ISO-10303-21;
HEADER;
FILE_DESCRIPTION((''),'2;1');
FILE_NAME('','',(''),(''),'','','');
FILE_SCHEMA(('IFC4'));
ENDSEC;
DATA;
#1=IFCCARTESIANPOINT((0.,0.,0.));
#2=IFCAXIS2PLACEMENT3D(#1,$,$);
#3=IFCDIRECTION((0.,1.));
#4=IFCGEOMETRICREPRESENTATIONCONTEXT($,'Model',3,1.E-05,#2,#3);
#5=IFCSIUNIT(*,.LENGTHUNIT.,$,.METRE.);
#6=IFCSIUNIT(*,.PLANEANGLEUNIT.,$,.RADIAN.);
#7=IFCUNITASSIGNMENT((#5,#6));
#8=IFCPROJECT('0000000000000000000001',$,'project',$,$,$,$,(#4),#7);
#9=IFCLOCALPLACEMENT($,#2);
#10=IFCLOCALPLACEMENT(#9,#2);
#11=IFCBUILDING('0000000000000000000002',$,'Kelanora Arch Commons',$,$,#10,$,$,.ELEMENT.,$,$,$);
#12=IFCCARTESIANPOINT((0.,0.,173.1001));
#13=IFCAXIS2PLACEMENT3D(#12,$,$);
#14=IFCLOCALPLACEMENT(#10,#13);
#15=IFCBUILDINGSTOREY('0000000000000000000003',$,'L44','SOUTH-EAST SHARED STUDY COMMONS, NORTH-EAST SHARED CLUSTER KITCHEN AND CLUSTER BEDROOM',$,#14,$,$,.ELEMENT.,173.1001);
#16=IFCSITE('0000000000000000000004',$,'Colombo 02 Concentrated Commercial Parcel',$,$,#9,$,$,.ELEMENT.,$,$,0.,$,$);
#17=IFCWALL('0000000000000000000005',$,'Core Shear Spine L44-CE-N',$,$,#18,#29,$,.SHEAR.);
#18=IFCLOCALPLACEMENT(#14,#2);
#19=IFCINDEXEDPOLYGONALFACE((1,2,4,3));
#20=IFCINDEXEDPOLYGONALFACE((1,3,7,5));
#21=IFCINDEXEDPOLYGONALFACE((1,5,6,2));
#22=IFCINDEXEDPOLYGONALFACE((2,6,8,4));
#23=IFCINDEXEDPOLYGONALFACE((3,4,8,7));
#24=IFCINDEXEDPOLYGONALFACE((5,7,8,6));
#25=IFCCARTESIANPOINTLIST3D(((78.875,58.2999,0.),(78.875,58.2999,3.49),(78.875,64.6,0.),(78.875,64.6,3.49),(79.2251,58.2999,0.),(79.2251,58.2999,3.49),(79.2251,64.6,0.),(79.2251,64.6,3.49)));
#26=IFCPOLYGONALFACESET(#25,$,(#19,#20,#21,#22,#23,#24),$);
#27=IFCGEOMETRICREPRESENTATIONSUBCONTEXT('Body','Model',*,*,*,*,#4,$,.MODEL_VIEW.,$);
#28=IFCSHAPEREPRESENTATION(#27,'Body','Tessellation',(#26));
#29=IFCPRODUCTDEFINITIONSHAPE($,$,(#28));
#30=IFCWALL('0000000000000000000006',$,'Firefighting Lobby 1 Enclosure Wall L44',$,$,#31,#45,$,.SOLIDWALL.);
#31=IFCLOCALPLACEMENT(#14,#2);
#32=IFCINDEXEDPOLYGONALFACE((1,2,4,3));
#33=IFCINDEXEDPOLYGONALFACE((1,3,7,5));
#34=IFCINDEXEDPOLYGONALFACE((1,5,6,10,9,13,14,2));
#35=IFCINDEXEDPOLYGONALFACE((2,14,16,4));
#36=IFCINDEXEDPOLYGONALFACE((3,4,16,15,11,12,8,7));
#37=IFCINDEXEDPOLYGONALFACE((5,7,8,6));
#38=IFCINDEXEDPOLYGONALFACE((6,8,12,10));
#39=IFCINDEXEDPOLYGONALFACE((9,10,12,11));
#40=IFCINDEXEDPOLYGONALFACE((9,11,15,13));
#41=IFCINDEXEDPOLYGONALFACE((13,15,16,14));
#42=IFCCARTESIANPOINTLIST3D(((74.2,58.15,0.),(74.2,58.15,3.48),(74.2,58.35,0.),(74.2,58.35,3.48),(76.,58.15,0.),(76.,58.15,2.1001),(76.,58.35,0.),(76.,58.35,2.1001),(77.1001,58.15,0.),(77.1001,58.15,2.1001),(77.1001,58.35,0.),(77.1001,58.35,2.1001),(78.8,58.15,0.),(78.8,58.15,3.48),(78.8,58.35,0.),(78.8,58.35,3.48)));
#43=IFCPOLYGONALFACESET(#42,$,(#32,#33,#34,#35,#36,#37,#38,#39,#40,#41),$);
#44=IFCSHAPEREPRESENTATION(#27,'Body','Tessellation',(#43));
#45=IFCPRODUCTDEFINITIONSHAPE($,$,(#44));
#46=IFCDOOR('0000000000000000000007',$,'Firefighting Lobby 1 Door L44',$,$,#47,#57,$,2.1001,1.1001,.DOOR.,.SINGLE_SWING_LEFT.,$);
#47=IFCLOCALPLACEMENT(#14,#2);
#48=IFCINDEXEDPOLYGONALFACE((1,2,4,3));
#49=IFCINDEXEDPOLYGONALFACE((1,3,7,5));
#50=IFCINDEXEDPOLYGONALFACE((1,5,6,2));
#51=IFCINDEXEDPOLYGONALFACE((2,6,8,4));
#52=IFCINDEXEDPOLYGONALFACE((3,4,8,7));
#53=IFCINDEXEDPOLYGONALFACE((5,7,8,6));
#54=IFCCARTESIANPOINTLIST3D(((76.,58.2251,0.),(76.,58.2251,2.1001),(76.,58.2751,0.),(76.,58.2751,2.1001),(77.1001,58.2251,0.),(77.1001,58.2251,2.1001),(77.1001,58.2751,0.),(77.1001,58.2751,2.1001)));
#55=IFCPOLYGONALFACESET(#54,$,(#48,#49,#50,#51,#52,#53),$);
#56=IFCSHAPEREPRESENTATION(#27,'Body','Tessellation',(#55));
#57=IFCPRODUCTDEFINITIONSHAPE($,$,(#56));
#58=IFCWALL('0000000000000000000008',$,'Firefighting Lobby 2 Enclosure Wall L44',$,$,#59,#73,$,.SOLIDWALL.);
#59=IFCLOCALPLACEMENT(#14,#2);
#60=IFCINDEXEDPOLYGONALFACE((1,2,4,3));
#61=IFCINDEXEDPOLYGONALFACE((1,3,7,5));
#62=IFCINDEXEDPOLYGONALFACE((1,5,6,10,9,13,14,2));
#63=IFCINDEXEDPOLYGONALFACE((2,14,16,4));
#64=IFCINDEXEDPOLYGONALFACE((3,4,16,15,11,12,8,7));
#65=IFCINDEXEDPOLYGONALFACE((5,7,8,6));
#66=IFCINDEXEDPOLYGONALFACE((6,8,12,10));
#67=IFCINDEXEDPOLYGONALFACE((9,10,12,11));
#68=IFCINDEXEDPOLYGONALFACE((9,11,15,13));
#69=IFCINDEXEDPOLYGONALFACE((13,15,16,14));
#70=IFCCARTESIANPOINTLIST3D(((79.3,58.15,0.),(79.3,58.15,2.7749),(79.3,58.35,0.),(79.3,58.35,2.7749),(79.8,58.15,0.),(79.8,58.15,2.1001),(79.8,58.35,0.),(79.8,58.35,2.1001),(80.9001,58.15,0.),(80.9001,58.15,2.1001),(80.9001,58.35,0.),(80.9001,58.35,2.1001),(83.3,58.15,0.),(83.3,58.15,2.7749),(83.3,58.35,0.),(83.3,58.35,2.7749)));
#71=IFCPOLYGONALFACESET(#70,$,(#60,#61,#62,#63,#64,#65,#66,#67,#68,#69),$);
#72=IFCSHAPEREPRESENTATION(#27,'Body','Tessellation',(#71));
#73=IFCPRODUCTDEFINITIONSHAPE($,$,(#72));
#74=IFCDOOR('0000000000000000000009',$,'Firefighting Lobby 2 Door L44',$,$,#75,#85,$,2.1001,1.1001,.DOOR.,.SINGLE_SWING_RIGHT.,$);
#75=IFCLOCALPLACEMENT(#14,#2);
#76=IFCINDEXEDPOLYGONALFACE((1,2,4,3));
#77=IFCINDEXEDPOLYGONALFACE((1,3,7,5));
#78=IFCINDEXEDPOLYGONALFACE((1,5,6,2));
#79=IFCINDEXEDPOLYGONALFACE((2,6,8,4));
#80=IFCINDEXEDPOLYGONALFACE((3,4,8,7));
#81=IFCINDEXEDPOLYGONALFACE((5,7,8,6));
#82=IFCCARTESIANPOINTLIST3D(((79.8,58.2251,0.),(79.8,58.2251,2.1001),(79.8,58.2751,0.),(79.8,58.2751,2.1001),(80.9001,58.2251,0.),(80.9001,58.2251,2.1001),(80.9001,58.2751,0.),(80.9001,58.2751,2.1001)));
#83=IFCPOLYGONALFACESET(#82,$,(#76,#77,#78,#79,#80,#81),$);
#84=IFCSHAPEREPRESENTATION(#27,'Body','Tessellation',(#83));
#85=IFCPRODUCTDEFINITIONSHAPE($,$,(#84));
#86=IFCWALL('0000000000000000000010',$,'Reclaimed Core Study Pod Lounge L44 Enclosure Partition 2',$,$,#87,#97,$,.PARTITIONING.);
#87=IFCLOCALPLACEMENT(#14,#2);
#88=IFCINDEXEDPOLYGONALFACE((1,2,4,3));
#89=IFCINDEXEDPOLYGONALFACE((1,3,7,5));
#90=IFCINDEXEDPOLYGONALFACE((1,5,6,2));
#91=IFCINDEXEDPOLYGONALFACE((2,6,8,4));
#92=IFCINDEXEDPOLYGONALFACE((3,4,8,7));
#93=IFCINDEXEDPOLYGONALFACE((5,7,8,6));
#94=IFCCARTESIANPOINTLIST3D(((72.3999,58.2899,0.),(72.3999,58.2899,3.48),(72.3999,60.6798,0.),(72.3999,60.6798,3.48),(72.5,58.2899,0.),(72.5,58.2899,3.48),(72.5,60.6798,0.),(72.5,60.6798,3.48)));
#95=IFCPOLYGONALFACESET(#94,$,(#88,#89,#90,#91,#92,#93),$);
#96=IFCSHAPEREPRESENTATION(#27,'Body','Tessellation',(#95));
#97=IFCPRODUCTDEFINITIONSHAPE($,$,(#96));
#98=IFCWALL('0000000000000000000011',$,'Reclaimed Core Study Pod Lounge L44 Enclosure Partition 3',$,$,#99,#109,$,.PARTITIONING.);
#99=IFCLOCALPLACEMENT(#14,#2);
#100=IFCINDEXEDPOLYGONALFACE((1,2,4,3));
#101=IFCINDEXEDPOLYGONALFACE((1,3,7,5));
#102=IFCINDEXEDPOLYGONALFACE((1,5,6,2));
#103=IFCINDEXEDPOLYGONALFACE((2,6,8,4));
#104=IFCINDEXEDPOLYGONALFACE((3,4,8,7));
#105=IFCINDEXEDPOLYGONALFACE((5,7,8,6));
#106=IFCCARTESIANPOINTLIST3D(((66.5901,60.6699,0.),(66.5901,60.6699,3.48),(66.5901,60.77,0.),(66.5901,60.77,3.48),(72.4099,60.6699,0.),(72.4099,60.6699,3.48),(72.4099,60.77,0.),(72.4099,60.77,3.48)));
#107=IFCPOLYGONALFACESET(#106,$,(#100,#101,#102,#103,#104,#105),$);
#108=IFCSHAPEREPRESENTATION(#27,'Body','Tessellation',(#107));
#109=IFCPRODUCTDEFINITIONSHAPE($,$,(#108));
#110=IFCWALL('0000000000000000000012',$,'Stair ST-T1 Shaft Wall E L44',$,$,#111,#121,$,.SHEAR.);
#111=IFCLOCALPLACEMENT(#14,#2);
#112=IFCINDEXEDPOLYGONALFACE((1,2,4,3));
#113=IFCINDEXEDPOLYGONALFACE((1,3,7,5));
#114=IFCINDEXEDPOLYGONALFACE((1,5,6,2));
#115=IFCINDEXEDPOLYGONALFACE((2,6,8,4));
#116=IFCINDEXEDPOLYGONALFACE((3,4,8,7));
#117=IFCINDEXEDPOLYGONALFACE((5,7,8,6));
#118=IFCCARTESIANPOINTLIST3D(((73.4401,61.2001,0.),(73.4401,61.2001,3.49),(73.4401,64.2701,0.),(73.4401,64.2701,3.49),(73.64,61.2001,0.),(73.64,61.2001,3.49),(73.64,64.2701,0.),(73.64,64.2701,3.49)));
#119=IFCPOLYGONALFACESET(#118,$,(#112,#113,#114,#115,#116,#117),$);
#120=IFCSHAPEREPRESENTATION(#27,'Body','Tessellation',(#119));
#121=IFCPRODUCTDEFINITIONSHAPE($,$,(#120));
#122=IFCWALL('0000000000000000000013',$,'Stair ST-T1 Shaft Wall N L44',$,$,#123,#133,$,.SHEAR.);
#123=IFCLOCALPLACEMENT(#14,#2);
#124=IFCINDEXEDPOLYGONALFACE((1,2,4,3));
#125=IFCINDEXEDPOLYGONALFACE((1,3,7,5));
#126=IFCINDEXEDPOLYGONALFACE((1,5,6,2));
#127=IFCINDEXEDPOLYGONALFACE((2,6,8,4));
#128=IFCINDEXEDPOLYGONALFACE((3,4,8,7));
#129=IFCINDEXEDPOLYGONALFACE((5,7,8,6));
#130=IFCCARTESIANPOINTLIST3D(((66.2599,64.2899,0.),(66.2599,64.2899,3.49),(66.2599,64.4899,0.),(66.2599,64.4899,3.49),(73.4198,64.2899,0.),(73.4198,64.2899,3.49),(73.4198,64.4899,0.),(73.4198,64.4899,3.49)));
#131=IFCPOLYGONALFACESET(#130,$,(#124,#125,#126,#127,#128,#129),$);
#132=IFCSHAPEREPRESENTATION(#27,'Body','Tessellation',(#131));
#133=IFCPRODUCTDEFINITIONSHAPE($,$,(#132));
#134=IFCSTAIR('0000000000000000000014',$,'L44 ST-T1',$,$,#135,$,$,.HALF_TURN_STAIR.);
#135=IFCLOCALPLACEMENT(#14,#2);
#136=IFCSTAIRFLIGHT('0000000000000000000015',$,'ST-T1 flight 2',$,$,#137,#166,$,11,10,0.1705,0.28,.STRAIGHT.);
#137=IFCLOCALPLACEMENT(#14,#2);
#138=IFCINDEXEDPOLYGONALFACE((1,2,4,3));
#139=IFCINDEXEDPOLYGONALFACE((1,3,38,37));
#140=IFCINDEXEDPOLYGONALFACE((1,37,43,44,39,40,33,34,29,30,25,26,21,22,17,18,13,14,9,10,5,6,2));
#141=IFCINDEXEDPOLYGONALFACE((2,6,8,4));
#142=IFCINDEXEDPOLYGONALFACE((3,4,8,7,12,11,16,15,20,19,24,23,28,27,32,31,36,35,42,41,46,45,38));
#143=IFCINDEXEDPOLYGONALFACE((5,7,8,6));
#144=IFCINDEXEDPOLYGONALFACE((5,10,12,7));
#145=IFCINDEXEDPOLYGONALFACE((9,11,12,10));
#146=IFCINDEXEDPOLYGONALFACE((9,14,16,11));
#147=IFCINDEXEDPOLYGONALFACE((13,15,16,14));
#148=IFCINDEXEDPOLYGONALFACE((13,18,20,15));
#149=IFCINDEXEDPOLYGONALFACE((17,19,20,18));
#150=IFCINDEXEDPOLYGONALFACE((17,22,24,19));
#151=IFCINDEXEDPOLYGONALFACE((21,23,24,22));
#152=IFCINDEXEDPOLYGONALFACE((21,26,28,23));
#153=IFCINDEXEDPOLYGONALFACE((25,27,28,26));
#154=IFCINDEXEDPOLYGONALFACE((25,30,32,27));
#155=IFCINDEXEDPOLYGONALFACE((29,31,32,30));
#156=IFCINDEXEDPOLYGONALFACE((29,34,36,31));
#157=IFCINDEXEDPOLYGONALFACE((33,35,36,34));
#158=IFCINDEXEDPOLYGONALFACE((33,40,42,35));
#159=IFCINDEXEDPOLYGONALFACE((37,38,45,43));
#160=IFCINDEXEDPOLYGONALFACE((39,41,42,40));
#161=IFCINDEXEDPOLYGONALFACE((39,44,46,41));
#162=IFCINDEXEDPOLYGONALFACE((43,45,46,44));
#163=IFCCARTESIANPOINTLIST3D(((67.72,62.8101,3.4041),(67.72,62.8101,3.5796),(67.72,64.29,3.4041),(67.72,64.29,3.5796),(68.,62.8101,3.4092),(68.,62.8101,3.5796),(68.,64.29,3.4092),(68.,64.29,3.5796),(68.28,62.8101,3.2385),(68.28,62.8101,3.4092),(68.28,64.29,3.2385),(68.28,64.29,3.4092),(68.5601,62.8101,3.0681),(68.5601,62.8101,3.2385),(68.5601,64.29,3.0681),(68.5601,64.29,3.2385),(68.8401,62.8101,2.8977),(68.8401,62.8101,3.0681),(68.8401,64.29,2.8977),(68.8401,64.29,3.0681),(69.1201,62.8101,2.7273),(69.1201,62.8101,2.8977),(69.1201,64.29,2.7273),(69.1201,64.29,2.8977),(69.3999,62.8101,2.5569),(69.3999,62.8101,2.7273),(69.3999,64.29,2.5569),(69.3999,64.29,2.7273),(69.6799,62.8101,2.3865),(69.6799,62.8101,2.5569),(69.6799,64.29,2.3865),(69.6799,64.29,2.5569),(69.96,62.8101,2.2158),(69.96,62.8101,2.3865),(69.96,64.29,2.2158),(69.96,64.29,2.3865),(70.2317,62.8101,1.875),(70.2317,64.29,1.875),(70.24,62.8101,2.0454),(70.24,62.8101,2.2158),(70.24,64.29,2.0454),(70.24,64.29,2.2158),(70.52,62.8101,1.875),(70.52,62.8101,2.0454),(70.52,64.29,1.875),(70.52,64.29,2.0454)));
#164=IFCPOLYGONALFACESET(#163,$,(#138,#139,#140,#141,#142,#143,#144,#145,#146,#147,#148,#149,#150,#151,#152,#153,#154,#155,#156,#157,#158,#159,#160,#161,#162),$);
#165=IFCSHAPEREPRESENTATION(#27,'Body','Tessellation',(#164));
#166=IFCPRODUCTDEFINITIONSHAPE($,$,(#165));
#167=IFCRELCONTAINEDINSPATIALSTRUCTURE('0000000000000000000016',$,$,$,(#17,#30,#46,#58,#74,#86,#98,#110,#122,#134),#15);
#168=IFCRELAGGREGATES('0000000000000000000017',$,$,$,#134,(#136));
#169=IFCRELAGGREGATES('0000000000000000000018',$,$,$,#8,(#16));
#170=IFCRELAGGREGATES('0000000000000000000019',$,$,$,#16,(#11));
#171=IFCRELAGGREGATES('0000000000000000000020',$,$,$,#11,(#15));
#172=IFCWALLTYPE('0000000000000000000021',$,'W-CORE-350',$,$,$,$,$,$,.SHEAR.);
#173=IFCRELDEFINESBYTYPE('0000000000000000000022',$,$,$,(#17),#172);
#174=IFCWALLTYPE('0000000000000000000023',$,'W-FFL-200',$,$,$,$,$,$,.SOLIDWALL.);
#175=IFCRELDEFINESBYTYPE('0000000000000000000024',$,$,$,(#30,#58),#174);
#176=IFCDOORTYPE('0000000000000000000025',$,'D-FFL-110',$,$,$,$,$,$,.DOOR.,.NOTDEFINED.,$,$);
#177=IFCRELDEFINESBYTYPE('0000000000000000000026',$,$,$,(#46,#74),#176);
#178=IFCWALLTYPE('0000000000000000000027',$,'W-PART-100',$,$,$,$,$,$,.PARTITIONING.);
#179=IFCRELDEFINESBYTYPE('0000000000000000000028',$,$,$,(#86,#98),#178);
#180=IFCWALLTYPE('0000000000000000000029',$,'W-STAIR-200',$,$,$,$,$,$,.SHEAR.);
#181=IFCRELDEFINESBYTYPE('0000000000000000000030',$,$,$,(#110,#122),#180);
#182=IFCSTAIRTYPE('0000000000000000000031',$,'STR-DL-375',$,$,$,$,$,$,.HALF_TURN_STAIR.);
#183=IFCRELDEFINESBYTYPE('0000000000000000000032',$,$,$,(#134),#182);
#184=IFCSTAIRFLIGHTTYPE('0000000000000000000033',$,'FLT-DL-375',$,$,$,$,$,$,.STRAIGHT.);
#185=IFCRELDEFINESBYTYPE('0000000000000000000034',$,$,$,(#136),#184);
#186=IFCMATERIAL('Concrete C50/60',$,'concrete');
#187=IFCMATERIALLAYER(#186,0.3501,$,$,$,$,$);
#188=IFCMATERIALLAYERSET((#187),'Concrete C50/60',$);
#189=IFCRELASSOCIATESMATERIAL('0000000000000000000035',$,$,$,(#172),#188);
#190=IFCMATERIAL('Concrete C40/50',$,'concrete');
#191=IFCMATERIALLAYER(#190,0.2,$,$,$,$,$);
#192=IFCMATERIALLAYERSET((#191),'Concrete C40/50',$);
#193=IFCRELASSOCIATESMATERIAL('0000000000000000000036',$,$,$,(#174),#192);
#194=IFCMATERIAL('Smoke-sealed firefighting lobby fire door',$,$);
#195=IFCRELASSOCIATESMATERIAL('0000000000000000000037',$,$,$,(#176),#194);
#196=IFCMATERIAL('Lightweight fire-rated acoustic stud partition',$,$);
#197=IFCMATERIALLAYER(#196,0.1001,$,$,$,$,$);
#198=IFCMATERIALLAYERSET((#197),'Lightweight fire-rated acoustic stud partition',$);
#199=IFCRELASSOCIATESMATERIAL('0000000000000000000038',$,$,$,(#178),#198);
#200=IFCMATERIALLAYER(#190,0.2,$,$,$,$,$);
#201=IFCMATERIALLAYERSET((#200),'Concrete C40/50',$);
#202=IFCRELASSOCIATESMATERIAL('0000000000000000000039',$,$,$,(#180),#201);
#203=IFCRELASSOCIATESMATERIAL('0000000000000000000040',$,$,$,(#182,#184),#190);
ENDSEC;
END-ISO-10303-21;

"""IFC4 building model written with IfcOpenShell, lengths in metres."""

from ifc_helpers import new_model, si_unit, direction, frame, frame_2d, origin, place, context, subcontext, project, spatial, polyline, rectangle, outline, extrude, material, layer, layer_set, type_object, element, fill, aggregate, save


model = new_model("IFC4")

# Units and contexts
model_context = context("Model", 3, precision=1e-05, world=origin(), true_north=direction((0.0, 1.0)))
body_context = subcontext(model_context, "Body", "Model", "MODEL_VIEW")
ifc_project = project(units=[si_unit("LENGTHUNIT", "METRE"), si_unit("PLANEANGLEUNIT", "RADIAN")], contexts=[model_context])

# Site, building, storey
site_placement = place(None, origin())
site = spatial("IfcSite", under=ifc_project, at=site_placement, Name="Colombo 02 Concentrated Commercial Parcel", CompositionType="ELEMENT", RefElevation=0.0)
building_placement = place(site_placement, origin())
building = spatial("IfcBuilding", under=site, at=building_placement, Name="Kelanora Arch Commons", CompositionType="ELEMENT")
storey_placement = place(building_placement, frame((0.0, 0.0, 173.1001)))
storey = spatial("IfcBuildingStorey", under=building, at=storey_placement, Name="L44", Description="SOUTH-EAST SHARED STUDY COMMONS, NORTH-EAST SHARED CLUSTER KITCHEN AND CLUSTER BEDROOM", CompositionType="ELEMENT", Elevation=173.1001)

# Wall
ifc_material_1 = material(Name="Concrete C50/60", Category="concrete")
ifc_layer_1 = layer(ifc_material_1, 0.3501)
ifc_layer_set_1 = layer_set([ifc_layer_1], Name="Concrete C50/60")
wall_type_1 = type_object("IfcWallType", Name="W-CORE-350", PredefinedType="SHEAR", material=ifc_layer_set_1)
wall_1_placement = place(storey_placement, frame((79.05, 58.3, 0.0), z_axis=(0.0, 0.0, 1.0), x_axis=(0.0, 1.0, 0.0)))
element("IfcWall", 1, at=wall_1_placement, inside=storey, type_object=wall_type_1, Name="Core Shear Spine L44-CE-N", PredefinedType="SHEAR", context=body_context, shape_type="SweptSolid", body=[
    extrude(rectangle(XDim=6.3, YDim=0.3501, at=frame_2d((3.1499, 0.0))), origin(), (0.0, 0.0, 1.0), 3.49),
])

# Walls, openings, doors
ifc_material_2 = material(Name="Concrete C40/50", Category="concrete")
ifc_layer_2 = layer(ifc_material_2, 0.2)
ifc_layer_set_2 = layer_set([ifc_layer_2], Name="Concrete C40/50")
wall_type_2 = type_object("IfcWallType", Name="W-FFL-200", PredefinedType="SOLIDWALL", material=ifc_layer_set_2)
wall_2_placement = place(storey_placement, frame((74.2, 58.25, 0.0), z_axis=(0.0, 0.0, 1.0), x_axis=(1.0, 0.0, 0.0)))
wall_2 = element("IfcWall", 2, at=wall_2_placement, inside=storey, type_object=wall_type_2, Name="Firefighting Lobby 1 Enclosure Wall L44", PredefinedType="SOLIDWALL", context=body_context, shape_type="SweptSolid", body=[
    extrude(rectangle(XDim=4.6001, YDim=0.2, at=frame_2d((2.3, 0.0))), origin(), (0.0, 0.0, 1.0), 3.48),
])
opening_1_placement = place(wall_2_placement, frame((1.8, 0.0, 0.0)))
opening_1 = element("IfcOpeningElement", 3, at=opening_1_placement, cuts=wall_2, PredefinedType="OPENING", context=body_context, shape_type="SweptSolid", body=[
    extrude(rectangle(XDim=1.1001, YDim=2.1001, at=frame_2d((0.55, 1.05))), frame((0.0, 0.1099, 0.0), z_axis=(0.0, -1.0, 0.0), x_axis=(1.0, 0.0, 0.0)), (0.0, 0.0, 1.0), 0.22),
])
ifc_material_3 = material(Name="Smoke-sealed firefighting lobby fire door")
door_type_1 = type_object("IfcDoorType", Name="D-FFL-110", OperationType="NOTDEFINED", PredefinedType="DOOR", material=ifc_material_3)
door_1_placement = place(opening_1_placement, frame((1.1001, 0.0, 0.0), z_axis=(0.0, 0.0, 1.0), x_axis=(-1.0, 0.0, 0.0)))
door_1 = element("IfcDoor", 4, at=door_1_placement, inside=storey, type_object=door_type_1, Name="Firefighting Lobby 1 Door L44", OperationType="SINGLE_SWING_LEFT", OverallHeight=2.1001, OverallWidth=1.1001, PredefinedType="DOOR", context=body_context, shape_type="SweptSolid", body=[
    extrude(rectangle(XDim=1.1001, YDim=2.1001, at=frame_2d((0.55, 1.05))), frame((0.0, 0.0249, 0.0), z_axis=(0.0, -1.0, 0.0), x_axis=(1.0, 0.0, 0.0)), (0.0, 0.0, 1.0), 0.05),
])
fill(opening_1, door_1)
wall_3_placement = place(storey_placement, frame((79.3, 58.25, 0.0), z_axis=(0.0, 0.0, 1.0), x_axis=(1.0, 0.0, 0.0)))
wall_3 = element("IfcWall", 5, at=wall_3_placement, inside=storey, type_object=wall_type_2, Name="Firefighting Lobby 2 Enclosure Wall L44", PredefinedType="SOLIDWALL", context=body_context, shape_type="SweptSolid", body=[
    extrude(rectangle(XDim=4.0, YDim=0.2, at=frame_2d((2.0, 0.0))), origin(), (0.0, 0.0, 1.0), 2.7749),
])
opening_2_placement = place(wall_3_placement, frame((0.5, 0.0, 0.0)))
opening_2 = element("IfcOpeningElement", 6, at=opening_2_placement, cuts=wall_3, PredefinedType="OPENING", context=body_context, shape_type="SweptSolid", body=[
    extrude(rectangle(XDim=1.1001, YDim=2.1001, at=frame_2d((0.55, 1.05))), frame((0.0, 0.1099, 0.0), z_axis=(0.0, -1.0, 0.0), x_axis=(1.0, 0.0, 0.0)), (0.0, 0.0, 1.0), 0.22),
])
door_2_placement = place(opening_2_placement, frame((1.1001, 0.0, 0.0), z_axis=(0.0, 0.0, 1.0), x_axis=(-1.0, 0.0, 0.0)))
door_2 = element("IfcDoor", 7, at=door_2_placement, inside=storey, type_object=door_type_1, Name="Firefighting Lobby 2 Door L44", OperationType="SINGLE_SWING_RIGHT", OverallHeight=2.1001, OverallWidth=1.1001, PredefinedType="DOOR", context=body_context, shape_type="SweptSolid", body=[
    extrude(rectangle(XDim=1.1001, YDim=2.1001, at=frame_2d((0.55, 1.05))), frame((0.0, 0.0249, 0.0), z_axis=(0.0, -1.0, 0.0), x_axis=(1.0, 0.0, 0.0)), (0.0, 0.0, 1.0), 0.05),
])
fill(opening_2, door_2)

# Walls
ifc_material_4 = material(Name="Lightweight fire-rated acoustic stud partition")
ifc_layer_3 = layer(ifc_material_4, 0.1001)
ifc_layer_set_3 = layer_set([ifc_layer_3], Name="Lightweight fire-rated acoustic stud partition")
wall_type_3 = type_object("IfcWallType", Name="W-PART-100", PredefinedType="PARTITIONING", material=ifc_layer_set_3)
wall_4_placement = place(storey_placement, frame((72.45, 58.29, 0.0), z_axis=(0.0, 0.0, 1.0), x_axis=(0.0, 1.0, 0.0)))
element("IfcWall", 8, at=wall_4_placement, inside=storey, type_object=wall_type_3, Name="Reclaimed Core Study Pod Lounge L44 Enclosure Partition 2", PredefinedType="PARTITIONING", context=body_context, shape_type="SweptSolid", body=[
    extrude(rectangle(XDim=2.3899, YDim=0.1001, at=frame_2d((1.1948, 0.0))), origin(), (0.0, 0.0, 1.0), 3.48),
])
wall_5_placement = place(storey_placement, frame((72.4099, 60.72, 0.0), z_axis=(0.0, 0.0, 1.0), x_axis=(-1.0, 0.0, 0.0)))
element("IfcWall", 9, at=wall_5_placement, inside=storey, type_object=wall_type_3, Name="Reclaimed Core Study Pod Lounge L44 Enclosure Partition 3", PredefinedType="PARTITIONING", context=body_context, shape_type="SweptSolid", body=[
    extrude(rectangle(XDim=5.8198, YDim=0.1001, at=frame_2d((2.9099, 0.0))), origin(), (0.0, 0.0, 1.0), 3.48),
])
ifc_layer_4 = layer(ifc_material_2, 0.2)
ifc_layer_set_4 = layer_set([ifc_layer_4], Name="Concrete C40/50")
wall_type_4 = type_object("IfcWallType", Name="W-STAIR-200", PredefinedType="SHEAR", material=ifc_layer_set_4)
wall_6_placement = place(storey_placement, frame((73.54, 61.2, 0.0), z_axis=(0.0, 0.0, 1.0), x_axis=(0.0, 1.0, 0.0)))
element("IfcWall", 10, at=wall_6_placement, inside=storey, type_object=wall_type_4, Name="Stair ST-T1 Shaft Wall E L44", PredefinedType="SHEAR", context=body_context, shape_type="SweptSolid", body=[
    extrude(rectangle(XDim=3.0701, YDim=0.2, at=frame_2d((1.5352, 0.0))), origin(), (0.0, 0.0, 1.0), 3.49),
])
wall_7_placement = place(storey_placement, frame((73.4199, 64.3899, 0.0), z_axis=(0.0, 0.0, 1.0), x_axis=(-1.0, 0.0, 0.0)))
element("IfcWall", 11, at=wall_7_placement, inside=storey, type_object=wall_type_4, Name="Stair ST-T1 Shaft Wall N L44", PredefinedType="SHEAR", context=body_context, shape_type="SweptSolid", body=[
    extrude(rectangle(XDim=7.1599, YDim=0.2, at=frame_2d((3.5801, 0.0))), origin(), (0.0, 0.0, 1.0), 3.49),
])

# Stair, stair flight
stair_type = type_object("IfcStairType", Name="STR-DL-375", PredefinedType="HALF_TURN_STAIR", material=ifc_material_2)
stair_placement = place(storey_placement, origin())
stair = element("IfcStair", 12, at=stair_placement, inside=storey, type_object=stair_type, Name="L44 ST-T1", PredefinedType="HALF_TURN_STAIR")
stair_flight_type = type_object("IfcStairFlightType", Name="FLT-DL-375", PredefinedType="STRAIGHT", material=ifc_material_2)
stair_flight_placement = place(storey_placement, frame((70.52, 63.55, 1.875), z_axis=(0.0, 0.0, 1.0), x_axis=(-1.0, 0.0, 0.0)))
stair_flight = element("IfcStairFlight", 13, at=stair_flight_placement, type_object=stair_flight_type, Name="ST-T1 flight 2", NumberOfRisers=11, NumberOfTreads=10, PredefinedType="STRAIGHT", RiserHeight=0.1705, TreadLength=0.28, context=body_context, shape_type="SweptSolid", body=[
    extrude(outline(polyline([(0.0, 0.0), (0.0, 0.1704), (0.28, 0.1704), (0.28, 0.3408), (0.5601, 0.3408), (0.5601, 0.5115), (0.8401, 0.5115), (0.8401, 0.6819), (1.1201, 0.6819), (1.1201, 0.8523), (1.3999, 0.8523), (1.3999, 1.0227), (1.6799, 1.0227), (1.6799, 1.1931), (1.96, 1.1931), (1.96, 1.3635), (2.24, 1.3635), (2.24, 1.5342), (2.52, 1.5342), (2.52, 1.7046), (2.8, 1.7046), (2.8, 1.875), (2.8, 1.5291), (0.2883, 0.0), (0.0, 0.0)])), frame((0.0, 0.74, 0.0), z_axis=(0.0, -1.0, 0.0), x_axis=(1.0, 0.0, 0.0)), (0.0, 0.0, 1.0), 1.48),
])
aggregate(stair, [stair_flight])

save(model, "model.ifc")
